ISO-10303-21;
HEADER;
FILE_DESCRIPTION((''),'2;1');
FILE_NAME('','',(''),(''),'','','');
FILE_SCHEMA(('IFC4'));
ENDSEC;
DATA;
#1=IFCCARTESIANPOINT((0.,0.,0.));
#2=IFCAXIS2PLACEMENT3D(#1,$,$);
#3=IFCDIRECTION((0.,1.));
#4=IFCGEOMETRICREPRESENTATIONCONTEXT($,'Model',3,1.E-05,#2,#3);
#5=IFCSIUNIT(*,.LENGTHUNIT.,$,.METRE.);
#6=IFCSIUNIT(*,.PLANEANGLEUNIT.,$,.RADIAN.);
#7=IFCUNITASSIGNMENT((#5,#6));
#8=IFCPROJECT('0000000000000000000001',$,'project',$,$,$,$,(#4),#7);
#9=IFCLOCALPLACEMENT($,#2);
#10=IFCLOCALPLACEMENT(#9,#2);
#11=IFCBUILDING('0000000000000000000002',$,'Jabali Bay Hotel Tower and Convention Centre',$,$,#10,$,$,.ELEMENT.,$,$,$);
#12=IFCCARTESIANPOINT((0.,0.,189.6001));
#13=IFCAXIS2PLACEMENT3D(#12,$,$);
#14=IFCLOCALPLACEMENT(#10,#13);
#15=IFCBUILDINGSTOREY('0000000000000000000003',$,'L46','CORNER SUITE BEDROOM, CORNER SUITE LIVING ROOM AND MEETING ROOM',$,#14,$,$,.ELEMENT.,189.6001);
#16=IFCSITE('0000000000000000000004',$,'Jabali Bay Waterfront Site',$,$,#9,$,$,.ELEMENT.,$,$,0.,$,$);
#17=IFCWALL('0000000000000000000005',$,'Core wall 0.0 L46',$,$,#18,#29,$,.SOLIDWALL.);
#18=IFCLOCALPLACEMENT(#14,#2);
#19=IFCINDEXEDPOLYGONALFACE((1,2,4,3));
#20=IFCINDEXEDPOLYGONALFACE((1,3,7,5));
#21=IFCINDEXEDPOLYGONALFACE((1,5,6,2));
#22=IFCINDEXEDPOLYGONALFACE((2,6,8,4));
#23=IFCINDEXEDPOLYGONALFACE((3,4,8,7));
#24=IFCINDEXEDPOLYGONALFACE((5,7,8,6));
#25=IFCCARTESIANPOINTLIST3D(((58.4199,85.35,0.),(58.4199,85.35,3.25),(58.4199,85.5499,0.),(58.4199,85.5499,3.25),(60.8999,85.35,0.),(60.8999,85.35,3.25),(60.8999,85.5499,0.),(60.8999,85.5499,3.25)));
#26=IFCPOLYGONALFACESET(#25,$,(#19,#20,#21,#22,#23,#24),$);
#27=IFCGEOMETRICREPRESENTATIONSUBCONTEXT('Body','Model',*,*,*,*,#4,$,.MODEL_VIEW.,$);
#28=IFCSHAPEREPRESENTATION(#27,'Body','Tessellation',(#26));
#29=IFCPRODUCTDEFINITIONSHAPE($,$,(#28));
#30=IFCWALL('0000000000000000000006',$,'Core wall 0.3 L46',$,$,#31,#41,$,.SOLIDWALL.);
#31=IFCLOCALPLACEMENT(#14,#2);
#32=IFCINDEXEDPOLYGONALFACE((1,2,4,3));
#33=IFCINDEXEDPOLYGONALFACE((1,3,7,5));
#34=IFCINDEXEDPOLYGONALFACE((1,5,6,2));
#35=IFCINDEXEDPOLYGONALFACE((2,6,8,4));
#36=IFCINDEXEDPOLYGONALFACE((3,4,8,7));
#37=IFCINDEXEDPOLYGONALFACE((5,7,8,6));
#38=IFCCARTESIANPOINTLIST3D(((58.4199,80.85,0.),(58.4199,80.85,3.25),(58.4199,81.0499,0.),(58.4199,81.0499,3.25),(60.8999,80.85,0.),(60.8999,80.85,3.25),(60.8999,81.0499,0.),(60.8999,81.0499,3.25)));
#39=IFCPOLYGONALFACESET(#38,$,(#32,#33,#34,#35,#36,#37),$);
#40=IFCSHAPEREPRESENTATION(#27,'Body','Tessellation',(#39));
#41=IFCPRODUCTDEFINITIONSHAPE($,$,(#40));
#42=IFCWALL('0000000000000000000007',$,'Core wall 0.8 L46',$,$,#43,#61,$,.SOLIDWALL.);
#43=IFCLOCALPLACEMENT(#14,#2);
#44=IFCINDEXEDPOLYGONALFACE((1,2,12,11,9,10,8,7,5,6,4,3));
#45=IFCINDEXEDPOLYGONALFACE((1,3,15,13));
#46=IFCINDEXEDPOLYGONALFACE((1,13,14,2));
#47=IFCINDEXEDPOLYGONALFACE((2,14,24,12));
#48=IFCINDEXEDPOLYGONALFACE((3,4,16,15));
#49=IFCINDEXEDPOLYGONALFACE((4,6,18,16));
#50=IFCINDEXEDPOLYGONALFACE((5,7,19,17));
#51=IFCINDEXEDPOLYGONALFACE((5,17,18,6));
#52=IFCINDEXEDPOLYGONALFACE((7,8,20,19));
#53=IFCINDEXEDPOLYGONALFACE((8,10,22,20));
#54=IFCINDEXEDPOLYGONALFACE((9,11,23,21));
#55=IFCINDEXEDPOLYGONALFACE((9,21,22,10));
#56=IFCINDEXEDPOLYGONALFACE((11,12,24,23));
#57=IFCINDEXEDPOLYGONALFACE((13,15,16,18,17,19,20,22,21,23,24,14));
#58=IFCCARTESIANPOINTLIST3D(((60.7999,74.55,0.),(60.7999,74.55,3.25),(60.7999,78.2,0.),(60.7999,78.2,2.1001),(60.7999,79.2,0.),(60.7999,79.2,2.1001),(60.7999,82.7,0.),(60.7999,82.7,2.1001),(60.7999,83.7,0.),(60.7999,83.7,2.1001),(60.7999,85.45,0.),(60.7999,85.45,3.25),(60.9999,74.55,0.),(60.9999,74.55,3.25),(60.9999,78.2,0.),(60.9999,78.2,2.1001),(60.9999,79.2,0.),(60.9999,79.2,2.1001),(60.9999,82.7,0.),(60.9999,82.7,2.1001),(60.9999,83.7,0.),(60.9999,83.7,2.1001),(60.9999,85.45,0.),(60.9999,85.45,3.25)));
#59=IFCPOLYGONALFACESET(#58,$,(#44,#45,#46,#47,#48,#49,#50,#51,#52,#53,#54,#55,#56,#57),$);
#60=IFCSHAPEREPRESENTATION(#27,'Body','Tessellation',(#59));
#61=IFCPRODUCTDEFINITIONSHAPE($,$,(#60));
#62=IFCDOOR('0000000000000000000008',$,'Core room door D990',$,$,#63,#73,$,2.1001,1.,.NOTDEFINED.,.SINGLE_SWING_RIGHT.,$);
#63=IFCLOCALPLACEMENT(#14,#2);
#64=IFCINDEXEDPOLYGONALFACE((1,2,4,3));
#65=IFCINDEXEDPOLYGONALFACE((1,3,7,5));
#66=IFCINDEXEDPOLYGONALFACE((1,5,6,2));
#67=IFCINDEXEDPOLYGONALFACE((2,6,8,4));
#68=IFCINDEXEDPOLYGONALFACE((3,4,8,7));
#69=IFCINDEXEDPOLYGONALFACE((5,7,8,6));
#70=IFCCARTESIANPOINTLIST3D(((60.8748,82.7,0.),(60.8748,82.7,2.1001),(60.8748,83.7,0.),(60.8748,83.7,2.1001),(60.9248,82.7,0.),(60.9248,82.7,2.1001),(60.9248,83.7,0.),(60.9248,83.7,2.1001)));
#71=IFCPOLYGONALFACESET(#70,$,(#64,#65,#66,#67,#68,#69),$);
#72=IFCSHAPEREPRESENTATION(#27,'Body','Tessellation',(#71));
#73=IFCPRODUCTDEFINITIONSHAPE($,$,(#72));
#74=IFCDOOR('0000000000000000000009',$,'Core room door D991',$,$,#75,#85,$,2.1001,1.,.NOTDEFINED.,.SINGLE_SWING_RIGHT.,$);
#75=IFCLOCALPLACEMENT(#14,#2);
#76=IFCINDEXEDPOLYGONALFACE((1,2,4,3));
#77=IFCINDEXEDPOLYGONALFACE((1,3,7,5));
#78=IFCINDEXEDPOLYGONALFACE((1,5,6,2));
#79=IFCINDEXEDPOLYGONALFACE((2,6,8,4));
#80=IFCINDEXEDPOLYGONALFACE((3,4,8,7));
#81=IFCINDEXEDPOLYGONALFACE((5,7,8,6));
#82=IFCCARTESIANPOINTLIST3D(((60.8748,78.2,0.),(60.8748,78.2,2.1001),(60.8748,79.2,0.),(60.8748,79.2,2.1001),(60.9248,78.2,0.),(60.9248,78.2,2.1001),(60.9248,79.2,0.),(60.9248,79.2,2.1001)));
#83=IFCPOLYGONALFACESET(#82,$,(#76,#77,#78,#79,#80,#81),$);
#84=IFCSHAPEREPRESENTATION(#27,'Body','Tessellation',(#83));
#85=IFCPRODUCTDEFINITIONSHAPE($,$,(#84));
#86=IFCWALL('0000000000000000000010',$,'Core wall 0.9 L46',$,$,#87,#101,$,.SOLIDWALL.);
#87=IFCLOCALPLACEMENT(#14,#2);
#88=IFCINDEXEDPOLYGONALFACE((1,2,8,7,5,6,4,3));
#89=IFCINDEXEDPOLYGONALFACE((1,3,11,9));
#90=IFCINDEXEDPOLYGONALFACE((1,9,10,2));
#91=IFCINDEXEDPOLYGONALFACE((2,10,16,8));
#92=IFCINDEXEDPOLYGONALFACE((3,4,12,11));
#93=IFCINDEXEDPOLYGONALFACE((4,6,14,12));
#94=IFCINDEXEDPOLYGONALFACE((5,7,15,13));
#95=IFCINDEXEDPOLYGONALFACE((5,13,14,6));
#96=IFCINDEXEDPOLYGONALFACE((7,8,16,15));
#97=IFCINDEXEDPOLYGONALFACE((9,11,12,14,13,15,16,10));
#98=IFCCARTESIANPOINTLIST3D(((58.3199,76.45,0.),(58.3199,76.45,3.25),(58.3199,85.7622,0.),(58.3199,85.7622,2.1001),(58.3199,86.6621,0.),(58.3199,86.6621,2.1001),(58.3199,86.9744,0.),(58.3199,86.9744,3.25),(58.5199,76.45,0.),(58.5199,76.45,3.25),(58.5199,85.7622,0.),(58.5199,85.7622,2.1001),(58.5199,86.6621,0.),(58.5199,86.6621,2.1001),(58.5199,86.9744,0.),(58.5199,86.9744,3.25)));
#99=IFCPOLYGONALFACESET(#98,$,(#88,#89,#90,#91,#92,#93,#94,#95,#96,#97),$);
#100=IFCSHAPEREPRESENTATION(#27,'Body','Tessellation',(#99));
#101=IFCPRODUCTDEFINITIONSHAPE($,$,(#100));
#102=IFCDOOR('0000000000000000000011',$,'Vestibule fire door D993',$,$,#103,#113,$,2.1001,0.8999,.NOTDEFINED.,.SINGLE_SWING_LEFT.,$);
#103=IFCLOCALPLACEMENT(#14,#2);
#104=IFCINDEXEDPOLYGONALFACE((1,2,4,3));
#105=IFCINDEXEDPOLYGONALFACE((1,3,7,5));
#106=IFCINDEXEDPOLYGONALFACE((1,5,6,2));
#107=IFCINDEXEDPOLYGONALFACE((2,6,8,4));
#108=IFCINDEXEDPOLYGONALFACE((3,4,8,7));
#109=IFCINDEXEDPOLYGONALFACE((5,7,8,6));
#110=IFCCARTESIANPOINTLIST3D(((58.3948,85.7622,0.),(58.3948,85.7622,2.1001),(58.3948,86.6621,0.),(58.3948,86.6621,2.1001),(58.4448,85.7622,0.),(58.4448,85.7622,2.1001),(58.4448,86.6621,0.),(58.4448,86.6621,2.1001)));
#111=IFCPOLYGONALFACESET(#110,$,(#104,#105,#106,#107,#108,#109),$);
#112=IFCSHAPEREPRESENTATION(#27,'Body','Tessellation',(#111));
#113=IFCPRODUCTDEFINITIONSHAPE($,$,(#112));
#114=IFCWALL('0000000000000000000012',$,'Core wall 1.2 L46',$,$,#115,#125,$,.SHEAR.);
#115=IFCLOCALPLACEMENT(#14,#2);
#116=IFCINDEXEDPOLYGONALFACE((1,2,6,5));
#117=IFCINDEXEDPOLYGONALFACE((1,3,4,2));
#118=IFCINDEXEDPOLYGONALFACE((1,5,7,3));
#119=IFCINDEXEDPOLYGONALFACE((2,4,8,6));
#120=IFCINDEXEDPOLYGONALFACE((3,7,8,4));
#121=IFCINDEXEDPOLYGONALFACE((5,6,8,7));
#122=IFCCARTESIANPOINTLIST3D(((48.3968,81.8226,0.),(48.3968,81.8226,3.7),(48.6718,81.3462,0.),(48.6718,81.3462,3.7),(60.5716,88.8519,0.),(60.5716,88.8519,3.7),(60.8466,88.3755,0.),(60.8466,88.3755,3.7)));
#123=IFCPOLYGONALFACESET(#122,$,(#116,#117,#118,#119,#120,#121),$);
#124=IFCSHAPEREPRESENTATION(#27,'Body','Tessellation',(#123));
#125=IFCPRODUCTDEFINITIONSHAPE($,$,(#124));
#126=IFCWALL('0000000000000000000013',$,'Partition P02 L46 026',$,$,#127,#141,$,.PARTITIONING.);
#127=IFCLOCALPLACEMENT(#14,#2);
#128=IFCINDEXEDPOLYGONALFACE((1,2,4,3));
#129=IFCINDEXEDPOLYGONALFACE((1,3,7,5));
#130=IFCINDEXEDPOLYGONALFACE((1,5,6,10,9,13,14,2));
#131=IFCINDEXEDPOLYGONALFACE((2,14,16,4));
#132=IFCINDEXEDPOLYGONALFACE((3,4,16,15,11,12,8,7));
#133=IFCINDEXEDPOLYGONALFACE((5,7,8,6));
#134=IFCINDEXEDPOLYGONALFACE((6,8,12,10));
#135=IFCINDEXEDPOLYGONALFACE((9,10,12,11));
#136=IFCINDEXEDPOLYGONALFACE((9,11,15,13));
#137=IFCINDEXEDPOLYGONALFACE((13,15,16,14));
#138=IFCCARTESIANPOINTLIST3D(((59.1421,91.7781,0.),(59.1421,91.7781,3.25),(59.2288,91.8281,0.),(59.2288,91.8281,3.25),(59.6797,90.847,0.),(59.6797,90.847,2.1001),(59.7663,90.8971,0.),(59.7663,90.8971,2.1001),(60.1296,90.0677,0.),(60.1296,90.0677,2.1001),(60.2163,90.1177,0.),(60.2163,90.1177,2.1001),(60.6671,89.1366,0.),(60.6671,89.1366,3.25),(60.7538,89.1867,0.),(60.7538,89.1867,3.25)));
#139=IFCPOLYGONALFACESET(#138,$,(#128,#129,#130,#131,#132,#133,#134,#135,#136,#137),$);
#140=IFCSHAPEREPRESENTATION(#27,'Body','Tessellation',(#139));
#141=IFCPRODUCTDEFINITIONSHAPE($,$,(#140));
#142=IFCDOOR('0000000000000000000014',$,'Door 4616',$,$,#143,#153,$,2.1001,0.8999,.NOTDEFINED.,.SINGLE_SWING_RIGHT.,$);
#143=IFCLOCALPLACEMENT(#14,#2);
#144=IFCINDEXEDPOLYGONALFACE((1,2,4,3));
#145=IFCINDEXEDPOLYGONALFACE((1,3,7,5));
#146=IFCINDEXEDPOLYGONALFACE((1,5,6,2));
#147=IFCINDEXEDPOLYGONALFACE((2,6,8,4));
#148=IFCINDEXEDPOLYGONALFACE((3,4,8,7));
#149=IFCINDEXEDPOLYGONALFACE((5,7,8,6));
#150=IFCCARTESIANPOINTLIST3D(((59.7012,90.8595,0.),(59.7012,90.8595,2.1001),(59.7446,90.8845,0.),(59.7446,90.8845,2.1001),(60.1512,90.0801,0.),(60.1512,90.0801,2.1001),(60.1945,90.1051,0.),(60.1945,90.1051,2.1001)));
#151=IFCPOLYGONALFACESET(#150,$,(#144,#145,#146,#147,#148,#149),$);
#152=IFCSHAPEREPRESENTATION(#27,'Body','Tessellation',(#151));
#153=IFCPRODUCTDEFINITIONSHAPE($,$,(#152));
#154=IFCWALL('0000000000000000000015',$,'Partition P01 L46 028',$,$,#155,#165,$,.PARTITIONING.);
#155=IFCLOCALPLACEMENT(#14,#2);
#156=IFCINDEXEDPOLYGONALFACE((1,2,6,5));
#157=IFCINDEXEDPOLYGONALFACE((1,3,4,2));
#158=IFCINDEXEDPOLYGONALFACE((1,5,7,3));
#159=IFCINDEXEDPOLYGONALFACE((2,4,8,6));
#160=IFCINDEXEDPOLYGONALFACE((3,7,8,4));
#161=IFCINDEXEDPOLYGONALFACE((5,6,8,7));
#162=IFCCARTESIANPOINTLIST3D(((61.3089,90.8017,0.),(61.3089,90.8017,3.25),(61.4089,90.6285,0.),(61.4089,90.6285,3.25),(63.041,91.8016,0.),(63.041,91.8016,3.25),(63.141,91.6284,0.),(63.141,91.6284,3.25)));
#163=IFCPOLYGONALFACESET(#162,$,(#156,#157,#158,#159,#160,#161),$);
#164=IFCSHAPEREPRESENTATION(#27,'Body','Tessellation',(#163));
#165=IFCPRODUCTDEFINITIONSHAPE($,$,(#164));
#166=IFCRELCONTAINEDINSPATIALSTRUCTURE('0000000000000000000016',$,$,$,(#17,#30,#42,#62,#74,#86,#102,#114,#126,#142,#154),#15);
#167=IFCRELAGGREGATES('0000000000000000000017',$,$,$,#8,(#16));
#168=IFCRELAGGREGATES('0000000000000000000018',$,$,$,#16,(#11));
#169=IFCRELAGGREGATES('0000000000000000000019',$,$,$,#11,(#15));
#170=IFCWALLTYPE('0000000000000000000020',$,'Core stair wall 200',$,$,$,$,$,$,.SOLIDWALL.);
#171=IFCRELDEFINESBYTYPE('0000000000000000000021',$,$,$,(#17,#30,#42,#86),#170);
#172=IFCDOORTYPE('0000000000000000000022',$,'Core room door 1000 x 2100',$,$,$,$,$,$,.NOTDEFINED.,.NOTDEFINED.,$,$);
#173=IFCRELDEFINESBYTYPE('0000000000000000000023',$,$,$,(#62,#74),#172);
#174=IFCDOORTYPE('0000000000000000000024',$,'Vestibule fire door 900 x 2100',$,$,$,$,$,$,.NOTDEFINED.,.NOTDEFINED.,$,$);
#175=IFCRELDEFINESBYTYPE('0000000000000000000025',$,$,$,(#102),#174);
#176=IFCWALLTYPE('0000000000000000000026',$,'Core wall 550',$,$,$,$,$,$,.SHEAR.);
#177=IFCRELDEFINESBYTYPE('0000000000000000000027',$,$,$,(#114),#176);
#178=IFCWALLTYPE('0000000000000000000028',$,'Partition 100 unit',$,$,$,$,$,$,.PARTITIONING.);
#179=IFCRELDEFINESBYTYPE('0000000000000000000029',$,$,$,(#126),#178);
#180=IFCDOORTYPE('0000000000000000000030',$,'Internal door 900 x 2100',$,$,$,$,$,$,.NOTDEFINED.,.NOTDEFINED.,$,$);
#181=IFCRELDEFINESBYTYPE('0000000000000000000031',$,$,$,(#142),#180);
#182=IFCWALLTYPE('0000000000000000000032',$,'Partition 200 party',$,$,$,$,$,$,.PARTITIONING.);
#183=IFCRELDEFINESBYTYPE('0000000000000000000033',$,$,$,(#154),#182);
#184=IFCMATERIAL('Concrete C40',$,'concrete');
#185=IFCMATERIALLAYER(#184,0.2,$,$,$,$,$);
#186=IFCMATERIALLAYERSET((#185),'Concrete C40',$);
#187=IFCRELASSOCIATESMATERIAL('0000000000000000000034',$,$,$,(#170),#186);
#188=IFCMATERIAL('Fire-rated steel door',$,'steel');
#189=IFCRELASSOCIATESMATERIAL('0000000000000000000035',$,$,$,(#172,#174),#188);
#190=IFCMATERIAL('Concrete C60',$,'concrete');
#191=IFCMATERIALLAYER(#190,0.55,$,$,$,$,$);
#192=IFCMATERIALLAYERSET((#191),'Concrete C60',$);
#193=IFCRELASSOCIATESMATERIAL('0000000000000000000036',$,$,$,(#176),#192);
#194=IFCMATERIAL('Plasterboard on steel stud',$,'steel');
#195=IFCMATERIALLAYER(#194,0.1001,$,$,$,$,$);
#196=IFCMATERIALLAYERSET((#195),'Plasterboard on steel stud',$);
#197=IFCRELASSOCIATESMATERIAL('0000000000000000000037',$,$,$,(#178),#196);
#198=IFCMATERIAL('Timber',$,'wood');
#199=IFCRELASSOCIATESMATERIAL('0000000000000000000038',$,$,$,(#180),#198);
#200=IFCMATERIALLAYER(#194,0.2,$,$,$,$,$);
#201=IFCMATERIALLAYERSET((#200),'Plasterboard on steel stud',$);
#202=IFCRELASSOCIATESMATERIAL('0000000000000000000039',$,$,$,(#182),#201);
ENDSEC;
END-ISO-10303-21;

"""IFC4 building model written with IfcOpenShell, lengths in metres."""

from ifc_helpers import new_model, si_unit, direction, frame, frame_2d, origin, place, context, subcontext, project, spatial, rectangle, extrude, material, layer, layer_set, type_object, element, fill, save


model = new_model("IFC4")

# Units and contexts
model_context = context("Model", 3, precision=1e-05, world=origin(), true_north=direction((0.0, 1.0)))
body_context = subcontext(model_context, "Body", "Model", "MODEL_VIEW")
ifc_project = project(units=[si_unit("LENGTHUNIT", "METRE"), si_unit("PLANEANGLEUNIT", "RADIAN")], contexts=[model_context])

# Site, building, storey
site_placement = place(None, origin())
site = spatial("IfcSite", under=ifc_project, at=site_placement, Name="Jabali Bay Waterfront Site", CompositionType="ELEMENT", RefElevation=0.0)
building_placement = place(site_placement, origin())
building = spatial("IfcBuilding", under=site, at=building_placement, Name="Jabali Bay Hotel Tower and Convention Centre", CompositionType="ELEMENT")
storey_placement = place(building_placement, frame((0.0, 0.0, 189.6001)))
storey = spatial("IfcBuildingStorey", under=building, at=storey_placement, Name="L46", Description="CORNER SUITE BEDROOM, CORNER SUITE LIVING ROOM AND MEETING ROOM", CompositionType="ELEMENT", Elevation=189.6001)

# Walls
ifc_material_1 = material(Name="Concrete C40", Category="concrete")
ifc_layer_1 = layer(ifc_material_1, 0.2)
ifc_layer_set_1 = layer_set([ifc_layer_1], Name="Concrete C40")
wall_type_1 = type_object("IfcWallType", Name="Core stair wall 200", PredefinedType="SOLIDWALL", material=ifc_layer_set_1)
for number, where, z_axis, x_axis, name in (
    (1, (60.8999, 85.45, 0.0), (0.0, 0.0, 1.0), (-1.0, 0.0, 0.0), "Core wall 0.0 L46"),
    (2, (60.8999, 80.95, 0.0), (0.0, 0.0, 1.0), (-1.0, 0.0, 0.0), "Core wall 0.3 L46"),
):
    element("IfcWall", number, at=place(storey_placement, frame(where, z_axis=z_axis, x_axis=x_axis)), inside=storey, type_object=wall_type_1, Name=name, PredefinedType="SOLIDWALL", context=body_context, shape_type="SweptSolid", body=[
        extrude(rectangle(XDim=2.48, YDim=0.2, at=frame_2d((1.24, 0.0))), origin(), (0.0, 0.0, 1.0), 3.25),
    ])

# Wall, openings, doors
wall_1_placement = place(storey_placement, frame((60.8999, 85.45, 0.0), z_axis=(0.0, 0.0, 1.0), x_axis=(0.0, -1.0, 0.0)))
wall_1 = element("IfcWall", 3, at=wall_1_placement, inside=storey, type_object=wall_type_1, Name="Core wall 0.8 L46", PredefinedType="SOLIDWALL", context=body_context, shape_type="SweptSolid", body=[
    extrude(rectangle(XDim=10.8999, YDim=0.2, at=frame_2d((5.45, 0.0))), origin(), (0.0, 0.0, 1.0), 3.25),
])
opening_1_placement = place(wall_1_placement, frame((1.75, 0.0, 0.0)))
opening_1 = element("IfcOpeningElement", 4, at=opening_1_placement, cuts=wall_1, PredefinedType="OPENING", context=body_context, shape_type="SweptSolid", body=[
    extrude(rectangle(XDim=1.0, YDim=2.1001, at=frame_2d((0.5, 1.05))), frame((0.0, 0.1104, 0.0), z_axis=(0.0, -1.0, 0.0), x_axis=(1.0, 0.0, 0.0)), (0.0, 0.0, 1.0), 0.2209),
])
opening_2_placement = place(wall_1_placement, frame((6.25, 0.0, 0.0)))
opening_2 = element("IfcOpeningElement", 5, at=opening_2_placement, cuts=wall_1, PredefinedType="OPENING", context=body_context, shape_type="SweptSolid", body=[
    extrude(rectangle(XDim=1.0, YDim=2.1001, at=frame_2d((0.5, 1.05))), frame((0.0, 0.1104, 0.0), z_axis=(0.0, -1.0, 0.0), x_axis=(1.0, 0.0, 0.0)), (0.0, 0.0, 1.0), 0.2209),
])
ifc_material_2 = material(Name="Fire-rated steel door", Category="steel")
door_type_1 = type_object("IfcDoorType", Name="Core room door 1000 x 2100", OperationType="NOTDEFINED", PredefinedType="NOTDEFINED", material=ifc_material_2)
door_1_placement = place(opening_1_placement, origin())
door_1 = element("IfcDoor", 6, at=door_1_placement, inside=storey, type_object=door_type_1, Name="Core room door D990", OperationType="SINGLE_SWING_RIGHT", OverallHeight=2.1001, OverallWidth=1.0, PredefinedType="NOTDEFINED", context=body_context, shape_type="SweptSolid", body=[
    extrude(rectangle(XDim=1.0, YDim=2.1001, at=frame_2d((0.5, 1.05))), frame((0.0, 0.0249, 0.0), z_axis=(0.0, -1.0, 0.0), x_axis=(1.0, 0.0, 0.0)), (0.0, 0.0, 1.0), 0.05),
])
fill(opening_1, door_1)
door_2_placement = place(opening_2_placement, origin())
door_2 = element("IfcDoor", 7, at=door_2_placement, inside=storey, type_object=door_type_1, Name="Core room door D991", OperationType="SINGLE_SWING_RIGHT", OverallHeight=2.1001, OverallWidth=1.0, PredefinedType="NOTDEFINED", context=body_context, shape_type="SweptSolid", body=[
    extrude(rectangle(XDim=1.0, YDim=2.1001, at=frame_2d((0.5, 1.05))), frame((0.0, 0.0249, 0.0), z_axis=(0.0, -1.0, 0.0), x_axis=(1.0, 0.0, 0.0)), (0.0, 0.0, 1.0), 0.05),
])
fill(opening_2, door_2)

# Wall, opening, door
wall_2_placement = place(storey_placement, frame((58.4199, 86.9744, 0.0), z_axis=(0.0, 0.0, 1.0), x_axis=(0.0, -1.0, 0.0)))
wall_2 = element("IfcWall", 8, at=wall_2_placement, inside=storey, type_object=wall_type_1, Name="Core wall 0.9 L46", PredefinedType="SOLIDWALL", context=body_context, shape_type="SweptSolid", body=[
    extrude(rectangle(XDim=10.5244, YDim=0.2, at=frame_2d((5.2622, 0.0))), origin(), (0.0, 0.0, 1.0), 3.25),
])
opening_3_placement = place(wall_2_placement, frame((0.3123, 0.0, 0.0)))
opening_3 = element("IfcOpeningElement", 9, at=opening_3_placement, cuts=wall_2, PredefinedType="OPENING", context=body_context, shape_type="SweptSolid", body=[
    extrude(rectangle(XDim=0.8999, YDim=2.1001, at=frame_2d((0.45, 1.05))), frame((0.0, 0.1104, 0.0), z_axis=(0.0, -1.0, 0.0), x_axis=(1.0, 0.0, 0.0)), (0.0, 0.0, 1.0), 0.2209),
])
door_type_2 = type_object("IfcDoorType", Name="Vestibule fire door 900 x 2100", OperationType="NOTDEFINED", PredefinedType="NOTDEFINED", material=ifc_material_2)
door_3_placement = place(opening_3_placement, origin())
door_3 = element("IfcDoor", 10, at=door_3_placement, inside=storey, type_object=door_type_2, Name="Vestibule fire door D993", OperationType="SINGLE_SWING_LEFT", OverallHeight=2.1001, OverallWidth=0.8999, PredefinedType="NOTDEFINED", context=body_context, shape_type="SweptSolid", body=[
    extrude(rectangle(XDim=0.8999, YDim=2.1001, at=frame_2d((0.45, 1.05))), frame((0.0, 0.0249, 0.0), z_axis=(0.0, -1.0, 0.0), x_axis=(1.0, 0.0, 0.0)), (0.0, 0.0, 1.0), 0.05),
])
fill(opening_3, door_3)

# Wall
ifc_material_3 = material(Name="Concrete C60", Category="concrete")
ifc_layer_2 = layer(ifc_material_3, 0.55)
ifc_layer_set_2 = layer_set([ifc_layer_2], Name="Concrete C60")
wall_type_2 = type_object("IfcWallType", Name="Core wall 550", PredefinedType="SHEAR", material=ifc_layer_set_2)
wall_3_placement = place(storey_placement, frame((60.7092, 88.6138, 0.0), z_axis=(0.0, 0.0, 1.0), x_axis=(-0.86602, -0.500009, 0.0)))
element("IfcWall", 11, at=wall_3_placement, inside=storey, type_object=wall_type_2, Name="Core wall 1.2 L46", PredefinedType="SHEAR", context=body_context, shape_type="SweptSolid", body=[
    extrude(rectangle(XDim=14.0583, YDim=0.55, at=frame_2d((7.0293, 0.0))), origin(), (0.0, 0.0, 1.0), 3.7),
])

# Wall, opening, door
ifc_material_4 = material(Name="Plasterboard on steel stud", Category="steel")
ifc_layer_3 = layer(ifc_material_4, 0.1001)
ifc_layer_set_3 = layer_set([ifc_layer_3], Name="Plasterboard on steel stud")
wall_type_3 = type_object("IfcWallType", Name="Partition 100 unit", PredefinedType="PARTITIONING", material=ifc_layer_set_3)
wall_4_placement = place(storey_placement, frame((59.1855, 91.803, 0.0), z_axis=(0.0, 0.0, 1.0), x_axis=(0.499979, -0.866038, 0.0)))
wall_4 = element("IfcWall", 12, at=wall_4_placement, inside=storey, type_object=wall_type_3, Name="Partition P02 L46 026", PredefinedType="PARTITIONING", context=body_context, shape_type="SweptSolid", body=[
    extrude(rectangle(XDim=3.05, YDim=0.1001, at=frame_2d((1.5249, 0.0))), origin(), (0.0, 0.0, 1.0), 3.25),
])
opening_4_placement = place(wall_4_placement, frame((1.075, 0.0, 0.0)))
opening_4 = element("IfcOpeningElement", 13, at=opening_4_placement, cuts=wall_4, PredefinedType="OPENING", context=body_context, shape_type="SweptSolid", body=[
    extrude(rectangle(XDim=0.8999, YDim=2.1001, at=frame_2d((0.45, 1.05))), frame((0.0, 0.0605, 0.0), z_axis=(0.0, -1.0, 0.0), x_axis=(1.0, 0.0, 0.0)), (0.0, 0.0, 1.0), 0.1211),
])
ifc_material_5 = material(Name="Timber", Category="wood")
door_type_3 = type_object("IfcDoorType", Name="Internal door 900 x 2100", OperationType="NOTDEFINED", PredefinedType="NOTDEFINED", material=ifc_material_5)
door_4_placement = place(opening_4_placement, origin())
door_4 = element("IfcDoor", 14, at=door_4_placement, inside=storey, type_object=door_type_3, Name="Door 4616", OperationType="SINGLE_SWING_RIGHT", OverallHeight=2.1001, OverallWidth=0.8999, PredefinedType="NOTDEFINED", context=body_context, shape_type="SweptSolid", body=[
    extrude(rectangle(XDim=0.8999, YDim=2.1001, at=frame_2d((0.45, 1.05))), frame((0.0, 0.0249, 0.0), z_axis=(0.0, -1.0, 0.0), x_axis=(1.0, 0.0, 0.0)), (0.0, 0.0, 1.0), 0.05),
])
fill(opening_4, door_4)

# Wall
ifc_layer_4 = layer(ifc_material_4, 0.2)
ifc_layer_set_4 = layer_set([ifc_layer_4], Name="Plasterboard on steel stud")
wall_type_4 = type_object("IfcWallType", Name="Partition 200 party", PredefinedType="PARTITIONING", material=ifc_layer_set_4)
wall_5_placement = place(storey_placement, frame((61.3589, 90.7151, 0.0), z_axis=(0.0, 0.0, 1.0), x_axis=(0.866041, 0.499973, 0.0)))
element("IfcWall", 15, at=wall_5_placement, inside=storey, type_object=wall_type_4, Name="Partition P01 L46 028", PredefinedType="PARTITIONING", context=body_context, shape_type="SweptSolid", body=[
    extrude(rectangle(XDim=2.0, YDim=0.2, at=frame_2d((1.0, 0.0))), origin(), (0.0, 0.0, 1.0), 3.25),
])

save(model, "model.ifc")
